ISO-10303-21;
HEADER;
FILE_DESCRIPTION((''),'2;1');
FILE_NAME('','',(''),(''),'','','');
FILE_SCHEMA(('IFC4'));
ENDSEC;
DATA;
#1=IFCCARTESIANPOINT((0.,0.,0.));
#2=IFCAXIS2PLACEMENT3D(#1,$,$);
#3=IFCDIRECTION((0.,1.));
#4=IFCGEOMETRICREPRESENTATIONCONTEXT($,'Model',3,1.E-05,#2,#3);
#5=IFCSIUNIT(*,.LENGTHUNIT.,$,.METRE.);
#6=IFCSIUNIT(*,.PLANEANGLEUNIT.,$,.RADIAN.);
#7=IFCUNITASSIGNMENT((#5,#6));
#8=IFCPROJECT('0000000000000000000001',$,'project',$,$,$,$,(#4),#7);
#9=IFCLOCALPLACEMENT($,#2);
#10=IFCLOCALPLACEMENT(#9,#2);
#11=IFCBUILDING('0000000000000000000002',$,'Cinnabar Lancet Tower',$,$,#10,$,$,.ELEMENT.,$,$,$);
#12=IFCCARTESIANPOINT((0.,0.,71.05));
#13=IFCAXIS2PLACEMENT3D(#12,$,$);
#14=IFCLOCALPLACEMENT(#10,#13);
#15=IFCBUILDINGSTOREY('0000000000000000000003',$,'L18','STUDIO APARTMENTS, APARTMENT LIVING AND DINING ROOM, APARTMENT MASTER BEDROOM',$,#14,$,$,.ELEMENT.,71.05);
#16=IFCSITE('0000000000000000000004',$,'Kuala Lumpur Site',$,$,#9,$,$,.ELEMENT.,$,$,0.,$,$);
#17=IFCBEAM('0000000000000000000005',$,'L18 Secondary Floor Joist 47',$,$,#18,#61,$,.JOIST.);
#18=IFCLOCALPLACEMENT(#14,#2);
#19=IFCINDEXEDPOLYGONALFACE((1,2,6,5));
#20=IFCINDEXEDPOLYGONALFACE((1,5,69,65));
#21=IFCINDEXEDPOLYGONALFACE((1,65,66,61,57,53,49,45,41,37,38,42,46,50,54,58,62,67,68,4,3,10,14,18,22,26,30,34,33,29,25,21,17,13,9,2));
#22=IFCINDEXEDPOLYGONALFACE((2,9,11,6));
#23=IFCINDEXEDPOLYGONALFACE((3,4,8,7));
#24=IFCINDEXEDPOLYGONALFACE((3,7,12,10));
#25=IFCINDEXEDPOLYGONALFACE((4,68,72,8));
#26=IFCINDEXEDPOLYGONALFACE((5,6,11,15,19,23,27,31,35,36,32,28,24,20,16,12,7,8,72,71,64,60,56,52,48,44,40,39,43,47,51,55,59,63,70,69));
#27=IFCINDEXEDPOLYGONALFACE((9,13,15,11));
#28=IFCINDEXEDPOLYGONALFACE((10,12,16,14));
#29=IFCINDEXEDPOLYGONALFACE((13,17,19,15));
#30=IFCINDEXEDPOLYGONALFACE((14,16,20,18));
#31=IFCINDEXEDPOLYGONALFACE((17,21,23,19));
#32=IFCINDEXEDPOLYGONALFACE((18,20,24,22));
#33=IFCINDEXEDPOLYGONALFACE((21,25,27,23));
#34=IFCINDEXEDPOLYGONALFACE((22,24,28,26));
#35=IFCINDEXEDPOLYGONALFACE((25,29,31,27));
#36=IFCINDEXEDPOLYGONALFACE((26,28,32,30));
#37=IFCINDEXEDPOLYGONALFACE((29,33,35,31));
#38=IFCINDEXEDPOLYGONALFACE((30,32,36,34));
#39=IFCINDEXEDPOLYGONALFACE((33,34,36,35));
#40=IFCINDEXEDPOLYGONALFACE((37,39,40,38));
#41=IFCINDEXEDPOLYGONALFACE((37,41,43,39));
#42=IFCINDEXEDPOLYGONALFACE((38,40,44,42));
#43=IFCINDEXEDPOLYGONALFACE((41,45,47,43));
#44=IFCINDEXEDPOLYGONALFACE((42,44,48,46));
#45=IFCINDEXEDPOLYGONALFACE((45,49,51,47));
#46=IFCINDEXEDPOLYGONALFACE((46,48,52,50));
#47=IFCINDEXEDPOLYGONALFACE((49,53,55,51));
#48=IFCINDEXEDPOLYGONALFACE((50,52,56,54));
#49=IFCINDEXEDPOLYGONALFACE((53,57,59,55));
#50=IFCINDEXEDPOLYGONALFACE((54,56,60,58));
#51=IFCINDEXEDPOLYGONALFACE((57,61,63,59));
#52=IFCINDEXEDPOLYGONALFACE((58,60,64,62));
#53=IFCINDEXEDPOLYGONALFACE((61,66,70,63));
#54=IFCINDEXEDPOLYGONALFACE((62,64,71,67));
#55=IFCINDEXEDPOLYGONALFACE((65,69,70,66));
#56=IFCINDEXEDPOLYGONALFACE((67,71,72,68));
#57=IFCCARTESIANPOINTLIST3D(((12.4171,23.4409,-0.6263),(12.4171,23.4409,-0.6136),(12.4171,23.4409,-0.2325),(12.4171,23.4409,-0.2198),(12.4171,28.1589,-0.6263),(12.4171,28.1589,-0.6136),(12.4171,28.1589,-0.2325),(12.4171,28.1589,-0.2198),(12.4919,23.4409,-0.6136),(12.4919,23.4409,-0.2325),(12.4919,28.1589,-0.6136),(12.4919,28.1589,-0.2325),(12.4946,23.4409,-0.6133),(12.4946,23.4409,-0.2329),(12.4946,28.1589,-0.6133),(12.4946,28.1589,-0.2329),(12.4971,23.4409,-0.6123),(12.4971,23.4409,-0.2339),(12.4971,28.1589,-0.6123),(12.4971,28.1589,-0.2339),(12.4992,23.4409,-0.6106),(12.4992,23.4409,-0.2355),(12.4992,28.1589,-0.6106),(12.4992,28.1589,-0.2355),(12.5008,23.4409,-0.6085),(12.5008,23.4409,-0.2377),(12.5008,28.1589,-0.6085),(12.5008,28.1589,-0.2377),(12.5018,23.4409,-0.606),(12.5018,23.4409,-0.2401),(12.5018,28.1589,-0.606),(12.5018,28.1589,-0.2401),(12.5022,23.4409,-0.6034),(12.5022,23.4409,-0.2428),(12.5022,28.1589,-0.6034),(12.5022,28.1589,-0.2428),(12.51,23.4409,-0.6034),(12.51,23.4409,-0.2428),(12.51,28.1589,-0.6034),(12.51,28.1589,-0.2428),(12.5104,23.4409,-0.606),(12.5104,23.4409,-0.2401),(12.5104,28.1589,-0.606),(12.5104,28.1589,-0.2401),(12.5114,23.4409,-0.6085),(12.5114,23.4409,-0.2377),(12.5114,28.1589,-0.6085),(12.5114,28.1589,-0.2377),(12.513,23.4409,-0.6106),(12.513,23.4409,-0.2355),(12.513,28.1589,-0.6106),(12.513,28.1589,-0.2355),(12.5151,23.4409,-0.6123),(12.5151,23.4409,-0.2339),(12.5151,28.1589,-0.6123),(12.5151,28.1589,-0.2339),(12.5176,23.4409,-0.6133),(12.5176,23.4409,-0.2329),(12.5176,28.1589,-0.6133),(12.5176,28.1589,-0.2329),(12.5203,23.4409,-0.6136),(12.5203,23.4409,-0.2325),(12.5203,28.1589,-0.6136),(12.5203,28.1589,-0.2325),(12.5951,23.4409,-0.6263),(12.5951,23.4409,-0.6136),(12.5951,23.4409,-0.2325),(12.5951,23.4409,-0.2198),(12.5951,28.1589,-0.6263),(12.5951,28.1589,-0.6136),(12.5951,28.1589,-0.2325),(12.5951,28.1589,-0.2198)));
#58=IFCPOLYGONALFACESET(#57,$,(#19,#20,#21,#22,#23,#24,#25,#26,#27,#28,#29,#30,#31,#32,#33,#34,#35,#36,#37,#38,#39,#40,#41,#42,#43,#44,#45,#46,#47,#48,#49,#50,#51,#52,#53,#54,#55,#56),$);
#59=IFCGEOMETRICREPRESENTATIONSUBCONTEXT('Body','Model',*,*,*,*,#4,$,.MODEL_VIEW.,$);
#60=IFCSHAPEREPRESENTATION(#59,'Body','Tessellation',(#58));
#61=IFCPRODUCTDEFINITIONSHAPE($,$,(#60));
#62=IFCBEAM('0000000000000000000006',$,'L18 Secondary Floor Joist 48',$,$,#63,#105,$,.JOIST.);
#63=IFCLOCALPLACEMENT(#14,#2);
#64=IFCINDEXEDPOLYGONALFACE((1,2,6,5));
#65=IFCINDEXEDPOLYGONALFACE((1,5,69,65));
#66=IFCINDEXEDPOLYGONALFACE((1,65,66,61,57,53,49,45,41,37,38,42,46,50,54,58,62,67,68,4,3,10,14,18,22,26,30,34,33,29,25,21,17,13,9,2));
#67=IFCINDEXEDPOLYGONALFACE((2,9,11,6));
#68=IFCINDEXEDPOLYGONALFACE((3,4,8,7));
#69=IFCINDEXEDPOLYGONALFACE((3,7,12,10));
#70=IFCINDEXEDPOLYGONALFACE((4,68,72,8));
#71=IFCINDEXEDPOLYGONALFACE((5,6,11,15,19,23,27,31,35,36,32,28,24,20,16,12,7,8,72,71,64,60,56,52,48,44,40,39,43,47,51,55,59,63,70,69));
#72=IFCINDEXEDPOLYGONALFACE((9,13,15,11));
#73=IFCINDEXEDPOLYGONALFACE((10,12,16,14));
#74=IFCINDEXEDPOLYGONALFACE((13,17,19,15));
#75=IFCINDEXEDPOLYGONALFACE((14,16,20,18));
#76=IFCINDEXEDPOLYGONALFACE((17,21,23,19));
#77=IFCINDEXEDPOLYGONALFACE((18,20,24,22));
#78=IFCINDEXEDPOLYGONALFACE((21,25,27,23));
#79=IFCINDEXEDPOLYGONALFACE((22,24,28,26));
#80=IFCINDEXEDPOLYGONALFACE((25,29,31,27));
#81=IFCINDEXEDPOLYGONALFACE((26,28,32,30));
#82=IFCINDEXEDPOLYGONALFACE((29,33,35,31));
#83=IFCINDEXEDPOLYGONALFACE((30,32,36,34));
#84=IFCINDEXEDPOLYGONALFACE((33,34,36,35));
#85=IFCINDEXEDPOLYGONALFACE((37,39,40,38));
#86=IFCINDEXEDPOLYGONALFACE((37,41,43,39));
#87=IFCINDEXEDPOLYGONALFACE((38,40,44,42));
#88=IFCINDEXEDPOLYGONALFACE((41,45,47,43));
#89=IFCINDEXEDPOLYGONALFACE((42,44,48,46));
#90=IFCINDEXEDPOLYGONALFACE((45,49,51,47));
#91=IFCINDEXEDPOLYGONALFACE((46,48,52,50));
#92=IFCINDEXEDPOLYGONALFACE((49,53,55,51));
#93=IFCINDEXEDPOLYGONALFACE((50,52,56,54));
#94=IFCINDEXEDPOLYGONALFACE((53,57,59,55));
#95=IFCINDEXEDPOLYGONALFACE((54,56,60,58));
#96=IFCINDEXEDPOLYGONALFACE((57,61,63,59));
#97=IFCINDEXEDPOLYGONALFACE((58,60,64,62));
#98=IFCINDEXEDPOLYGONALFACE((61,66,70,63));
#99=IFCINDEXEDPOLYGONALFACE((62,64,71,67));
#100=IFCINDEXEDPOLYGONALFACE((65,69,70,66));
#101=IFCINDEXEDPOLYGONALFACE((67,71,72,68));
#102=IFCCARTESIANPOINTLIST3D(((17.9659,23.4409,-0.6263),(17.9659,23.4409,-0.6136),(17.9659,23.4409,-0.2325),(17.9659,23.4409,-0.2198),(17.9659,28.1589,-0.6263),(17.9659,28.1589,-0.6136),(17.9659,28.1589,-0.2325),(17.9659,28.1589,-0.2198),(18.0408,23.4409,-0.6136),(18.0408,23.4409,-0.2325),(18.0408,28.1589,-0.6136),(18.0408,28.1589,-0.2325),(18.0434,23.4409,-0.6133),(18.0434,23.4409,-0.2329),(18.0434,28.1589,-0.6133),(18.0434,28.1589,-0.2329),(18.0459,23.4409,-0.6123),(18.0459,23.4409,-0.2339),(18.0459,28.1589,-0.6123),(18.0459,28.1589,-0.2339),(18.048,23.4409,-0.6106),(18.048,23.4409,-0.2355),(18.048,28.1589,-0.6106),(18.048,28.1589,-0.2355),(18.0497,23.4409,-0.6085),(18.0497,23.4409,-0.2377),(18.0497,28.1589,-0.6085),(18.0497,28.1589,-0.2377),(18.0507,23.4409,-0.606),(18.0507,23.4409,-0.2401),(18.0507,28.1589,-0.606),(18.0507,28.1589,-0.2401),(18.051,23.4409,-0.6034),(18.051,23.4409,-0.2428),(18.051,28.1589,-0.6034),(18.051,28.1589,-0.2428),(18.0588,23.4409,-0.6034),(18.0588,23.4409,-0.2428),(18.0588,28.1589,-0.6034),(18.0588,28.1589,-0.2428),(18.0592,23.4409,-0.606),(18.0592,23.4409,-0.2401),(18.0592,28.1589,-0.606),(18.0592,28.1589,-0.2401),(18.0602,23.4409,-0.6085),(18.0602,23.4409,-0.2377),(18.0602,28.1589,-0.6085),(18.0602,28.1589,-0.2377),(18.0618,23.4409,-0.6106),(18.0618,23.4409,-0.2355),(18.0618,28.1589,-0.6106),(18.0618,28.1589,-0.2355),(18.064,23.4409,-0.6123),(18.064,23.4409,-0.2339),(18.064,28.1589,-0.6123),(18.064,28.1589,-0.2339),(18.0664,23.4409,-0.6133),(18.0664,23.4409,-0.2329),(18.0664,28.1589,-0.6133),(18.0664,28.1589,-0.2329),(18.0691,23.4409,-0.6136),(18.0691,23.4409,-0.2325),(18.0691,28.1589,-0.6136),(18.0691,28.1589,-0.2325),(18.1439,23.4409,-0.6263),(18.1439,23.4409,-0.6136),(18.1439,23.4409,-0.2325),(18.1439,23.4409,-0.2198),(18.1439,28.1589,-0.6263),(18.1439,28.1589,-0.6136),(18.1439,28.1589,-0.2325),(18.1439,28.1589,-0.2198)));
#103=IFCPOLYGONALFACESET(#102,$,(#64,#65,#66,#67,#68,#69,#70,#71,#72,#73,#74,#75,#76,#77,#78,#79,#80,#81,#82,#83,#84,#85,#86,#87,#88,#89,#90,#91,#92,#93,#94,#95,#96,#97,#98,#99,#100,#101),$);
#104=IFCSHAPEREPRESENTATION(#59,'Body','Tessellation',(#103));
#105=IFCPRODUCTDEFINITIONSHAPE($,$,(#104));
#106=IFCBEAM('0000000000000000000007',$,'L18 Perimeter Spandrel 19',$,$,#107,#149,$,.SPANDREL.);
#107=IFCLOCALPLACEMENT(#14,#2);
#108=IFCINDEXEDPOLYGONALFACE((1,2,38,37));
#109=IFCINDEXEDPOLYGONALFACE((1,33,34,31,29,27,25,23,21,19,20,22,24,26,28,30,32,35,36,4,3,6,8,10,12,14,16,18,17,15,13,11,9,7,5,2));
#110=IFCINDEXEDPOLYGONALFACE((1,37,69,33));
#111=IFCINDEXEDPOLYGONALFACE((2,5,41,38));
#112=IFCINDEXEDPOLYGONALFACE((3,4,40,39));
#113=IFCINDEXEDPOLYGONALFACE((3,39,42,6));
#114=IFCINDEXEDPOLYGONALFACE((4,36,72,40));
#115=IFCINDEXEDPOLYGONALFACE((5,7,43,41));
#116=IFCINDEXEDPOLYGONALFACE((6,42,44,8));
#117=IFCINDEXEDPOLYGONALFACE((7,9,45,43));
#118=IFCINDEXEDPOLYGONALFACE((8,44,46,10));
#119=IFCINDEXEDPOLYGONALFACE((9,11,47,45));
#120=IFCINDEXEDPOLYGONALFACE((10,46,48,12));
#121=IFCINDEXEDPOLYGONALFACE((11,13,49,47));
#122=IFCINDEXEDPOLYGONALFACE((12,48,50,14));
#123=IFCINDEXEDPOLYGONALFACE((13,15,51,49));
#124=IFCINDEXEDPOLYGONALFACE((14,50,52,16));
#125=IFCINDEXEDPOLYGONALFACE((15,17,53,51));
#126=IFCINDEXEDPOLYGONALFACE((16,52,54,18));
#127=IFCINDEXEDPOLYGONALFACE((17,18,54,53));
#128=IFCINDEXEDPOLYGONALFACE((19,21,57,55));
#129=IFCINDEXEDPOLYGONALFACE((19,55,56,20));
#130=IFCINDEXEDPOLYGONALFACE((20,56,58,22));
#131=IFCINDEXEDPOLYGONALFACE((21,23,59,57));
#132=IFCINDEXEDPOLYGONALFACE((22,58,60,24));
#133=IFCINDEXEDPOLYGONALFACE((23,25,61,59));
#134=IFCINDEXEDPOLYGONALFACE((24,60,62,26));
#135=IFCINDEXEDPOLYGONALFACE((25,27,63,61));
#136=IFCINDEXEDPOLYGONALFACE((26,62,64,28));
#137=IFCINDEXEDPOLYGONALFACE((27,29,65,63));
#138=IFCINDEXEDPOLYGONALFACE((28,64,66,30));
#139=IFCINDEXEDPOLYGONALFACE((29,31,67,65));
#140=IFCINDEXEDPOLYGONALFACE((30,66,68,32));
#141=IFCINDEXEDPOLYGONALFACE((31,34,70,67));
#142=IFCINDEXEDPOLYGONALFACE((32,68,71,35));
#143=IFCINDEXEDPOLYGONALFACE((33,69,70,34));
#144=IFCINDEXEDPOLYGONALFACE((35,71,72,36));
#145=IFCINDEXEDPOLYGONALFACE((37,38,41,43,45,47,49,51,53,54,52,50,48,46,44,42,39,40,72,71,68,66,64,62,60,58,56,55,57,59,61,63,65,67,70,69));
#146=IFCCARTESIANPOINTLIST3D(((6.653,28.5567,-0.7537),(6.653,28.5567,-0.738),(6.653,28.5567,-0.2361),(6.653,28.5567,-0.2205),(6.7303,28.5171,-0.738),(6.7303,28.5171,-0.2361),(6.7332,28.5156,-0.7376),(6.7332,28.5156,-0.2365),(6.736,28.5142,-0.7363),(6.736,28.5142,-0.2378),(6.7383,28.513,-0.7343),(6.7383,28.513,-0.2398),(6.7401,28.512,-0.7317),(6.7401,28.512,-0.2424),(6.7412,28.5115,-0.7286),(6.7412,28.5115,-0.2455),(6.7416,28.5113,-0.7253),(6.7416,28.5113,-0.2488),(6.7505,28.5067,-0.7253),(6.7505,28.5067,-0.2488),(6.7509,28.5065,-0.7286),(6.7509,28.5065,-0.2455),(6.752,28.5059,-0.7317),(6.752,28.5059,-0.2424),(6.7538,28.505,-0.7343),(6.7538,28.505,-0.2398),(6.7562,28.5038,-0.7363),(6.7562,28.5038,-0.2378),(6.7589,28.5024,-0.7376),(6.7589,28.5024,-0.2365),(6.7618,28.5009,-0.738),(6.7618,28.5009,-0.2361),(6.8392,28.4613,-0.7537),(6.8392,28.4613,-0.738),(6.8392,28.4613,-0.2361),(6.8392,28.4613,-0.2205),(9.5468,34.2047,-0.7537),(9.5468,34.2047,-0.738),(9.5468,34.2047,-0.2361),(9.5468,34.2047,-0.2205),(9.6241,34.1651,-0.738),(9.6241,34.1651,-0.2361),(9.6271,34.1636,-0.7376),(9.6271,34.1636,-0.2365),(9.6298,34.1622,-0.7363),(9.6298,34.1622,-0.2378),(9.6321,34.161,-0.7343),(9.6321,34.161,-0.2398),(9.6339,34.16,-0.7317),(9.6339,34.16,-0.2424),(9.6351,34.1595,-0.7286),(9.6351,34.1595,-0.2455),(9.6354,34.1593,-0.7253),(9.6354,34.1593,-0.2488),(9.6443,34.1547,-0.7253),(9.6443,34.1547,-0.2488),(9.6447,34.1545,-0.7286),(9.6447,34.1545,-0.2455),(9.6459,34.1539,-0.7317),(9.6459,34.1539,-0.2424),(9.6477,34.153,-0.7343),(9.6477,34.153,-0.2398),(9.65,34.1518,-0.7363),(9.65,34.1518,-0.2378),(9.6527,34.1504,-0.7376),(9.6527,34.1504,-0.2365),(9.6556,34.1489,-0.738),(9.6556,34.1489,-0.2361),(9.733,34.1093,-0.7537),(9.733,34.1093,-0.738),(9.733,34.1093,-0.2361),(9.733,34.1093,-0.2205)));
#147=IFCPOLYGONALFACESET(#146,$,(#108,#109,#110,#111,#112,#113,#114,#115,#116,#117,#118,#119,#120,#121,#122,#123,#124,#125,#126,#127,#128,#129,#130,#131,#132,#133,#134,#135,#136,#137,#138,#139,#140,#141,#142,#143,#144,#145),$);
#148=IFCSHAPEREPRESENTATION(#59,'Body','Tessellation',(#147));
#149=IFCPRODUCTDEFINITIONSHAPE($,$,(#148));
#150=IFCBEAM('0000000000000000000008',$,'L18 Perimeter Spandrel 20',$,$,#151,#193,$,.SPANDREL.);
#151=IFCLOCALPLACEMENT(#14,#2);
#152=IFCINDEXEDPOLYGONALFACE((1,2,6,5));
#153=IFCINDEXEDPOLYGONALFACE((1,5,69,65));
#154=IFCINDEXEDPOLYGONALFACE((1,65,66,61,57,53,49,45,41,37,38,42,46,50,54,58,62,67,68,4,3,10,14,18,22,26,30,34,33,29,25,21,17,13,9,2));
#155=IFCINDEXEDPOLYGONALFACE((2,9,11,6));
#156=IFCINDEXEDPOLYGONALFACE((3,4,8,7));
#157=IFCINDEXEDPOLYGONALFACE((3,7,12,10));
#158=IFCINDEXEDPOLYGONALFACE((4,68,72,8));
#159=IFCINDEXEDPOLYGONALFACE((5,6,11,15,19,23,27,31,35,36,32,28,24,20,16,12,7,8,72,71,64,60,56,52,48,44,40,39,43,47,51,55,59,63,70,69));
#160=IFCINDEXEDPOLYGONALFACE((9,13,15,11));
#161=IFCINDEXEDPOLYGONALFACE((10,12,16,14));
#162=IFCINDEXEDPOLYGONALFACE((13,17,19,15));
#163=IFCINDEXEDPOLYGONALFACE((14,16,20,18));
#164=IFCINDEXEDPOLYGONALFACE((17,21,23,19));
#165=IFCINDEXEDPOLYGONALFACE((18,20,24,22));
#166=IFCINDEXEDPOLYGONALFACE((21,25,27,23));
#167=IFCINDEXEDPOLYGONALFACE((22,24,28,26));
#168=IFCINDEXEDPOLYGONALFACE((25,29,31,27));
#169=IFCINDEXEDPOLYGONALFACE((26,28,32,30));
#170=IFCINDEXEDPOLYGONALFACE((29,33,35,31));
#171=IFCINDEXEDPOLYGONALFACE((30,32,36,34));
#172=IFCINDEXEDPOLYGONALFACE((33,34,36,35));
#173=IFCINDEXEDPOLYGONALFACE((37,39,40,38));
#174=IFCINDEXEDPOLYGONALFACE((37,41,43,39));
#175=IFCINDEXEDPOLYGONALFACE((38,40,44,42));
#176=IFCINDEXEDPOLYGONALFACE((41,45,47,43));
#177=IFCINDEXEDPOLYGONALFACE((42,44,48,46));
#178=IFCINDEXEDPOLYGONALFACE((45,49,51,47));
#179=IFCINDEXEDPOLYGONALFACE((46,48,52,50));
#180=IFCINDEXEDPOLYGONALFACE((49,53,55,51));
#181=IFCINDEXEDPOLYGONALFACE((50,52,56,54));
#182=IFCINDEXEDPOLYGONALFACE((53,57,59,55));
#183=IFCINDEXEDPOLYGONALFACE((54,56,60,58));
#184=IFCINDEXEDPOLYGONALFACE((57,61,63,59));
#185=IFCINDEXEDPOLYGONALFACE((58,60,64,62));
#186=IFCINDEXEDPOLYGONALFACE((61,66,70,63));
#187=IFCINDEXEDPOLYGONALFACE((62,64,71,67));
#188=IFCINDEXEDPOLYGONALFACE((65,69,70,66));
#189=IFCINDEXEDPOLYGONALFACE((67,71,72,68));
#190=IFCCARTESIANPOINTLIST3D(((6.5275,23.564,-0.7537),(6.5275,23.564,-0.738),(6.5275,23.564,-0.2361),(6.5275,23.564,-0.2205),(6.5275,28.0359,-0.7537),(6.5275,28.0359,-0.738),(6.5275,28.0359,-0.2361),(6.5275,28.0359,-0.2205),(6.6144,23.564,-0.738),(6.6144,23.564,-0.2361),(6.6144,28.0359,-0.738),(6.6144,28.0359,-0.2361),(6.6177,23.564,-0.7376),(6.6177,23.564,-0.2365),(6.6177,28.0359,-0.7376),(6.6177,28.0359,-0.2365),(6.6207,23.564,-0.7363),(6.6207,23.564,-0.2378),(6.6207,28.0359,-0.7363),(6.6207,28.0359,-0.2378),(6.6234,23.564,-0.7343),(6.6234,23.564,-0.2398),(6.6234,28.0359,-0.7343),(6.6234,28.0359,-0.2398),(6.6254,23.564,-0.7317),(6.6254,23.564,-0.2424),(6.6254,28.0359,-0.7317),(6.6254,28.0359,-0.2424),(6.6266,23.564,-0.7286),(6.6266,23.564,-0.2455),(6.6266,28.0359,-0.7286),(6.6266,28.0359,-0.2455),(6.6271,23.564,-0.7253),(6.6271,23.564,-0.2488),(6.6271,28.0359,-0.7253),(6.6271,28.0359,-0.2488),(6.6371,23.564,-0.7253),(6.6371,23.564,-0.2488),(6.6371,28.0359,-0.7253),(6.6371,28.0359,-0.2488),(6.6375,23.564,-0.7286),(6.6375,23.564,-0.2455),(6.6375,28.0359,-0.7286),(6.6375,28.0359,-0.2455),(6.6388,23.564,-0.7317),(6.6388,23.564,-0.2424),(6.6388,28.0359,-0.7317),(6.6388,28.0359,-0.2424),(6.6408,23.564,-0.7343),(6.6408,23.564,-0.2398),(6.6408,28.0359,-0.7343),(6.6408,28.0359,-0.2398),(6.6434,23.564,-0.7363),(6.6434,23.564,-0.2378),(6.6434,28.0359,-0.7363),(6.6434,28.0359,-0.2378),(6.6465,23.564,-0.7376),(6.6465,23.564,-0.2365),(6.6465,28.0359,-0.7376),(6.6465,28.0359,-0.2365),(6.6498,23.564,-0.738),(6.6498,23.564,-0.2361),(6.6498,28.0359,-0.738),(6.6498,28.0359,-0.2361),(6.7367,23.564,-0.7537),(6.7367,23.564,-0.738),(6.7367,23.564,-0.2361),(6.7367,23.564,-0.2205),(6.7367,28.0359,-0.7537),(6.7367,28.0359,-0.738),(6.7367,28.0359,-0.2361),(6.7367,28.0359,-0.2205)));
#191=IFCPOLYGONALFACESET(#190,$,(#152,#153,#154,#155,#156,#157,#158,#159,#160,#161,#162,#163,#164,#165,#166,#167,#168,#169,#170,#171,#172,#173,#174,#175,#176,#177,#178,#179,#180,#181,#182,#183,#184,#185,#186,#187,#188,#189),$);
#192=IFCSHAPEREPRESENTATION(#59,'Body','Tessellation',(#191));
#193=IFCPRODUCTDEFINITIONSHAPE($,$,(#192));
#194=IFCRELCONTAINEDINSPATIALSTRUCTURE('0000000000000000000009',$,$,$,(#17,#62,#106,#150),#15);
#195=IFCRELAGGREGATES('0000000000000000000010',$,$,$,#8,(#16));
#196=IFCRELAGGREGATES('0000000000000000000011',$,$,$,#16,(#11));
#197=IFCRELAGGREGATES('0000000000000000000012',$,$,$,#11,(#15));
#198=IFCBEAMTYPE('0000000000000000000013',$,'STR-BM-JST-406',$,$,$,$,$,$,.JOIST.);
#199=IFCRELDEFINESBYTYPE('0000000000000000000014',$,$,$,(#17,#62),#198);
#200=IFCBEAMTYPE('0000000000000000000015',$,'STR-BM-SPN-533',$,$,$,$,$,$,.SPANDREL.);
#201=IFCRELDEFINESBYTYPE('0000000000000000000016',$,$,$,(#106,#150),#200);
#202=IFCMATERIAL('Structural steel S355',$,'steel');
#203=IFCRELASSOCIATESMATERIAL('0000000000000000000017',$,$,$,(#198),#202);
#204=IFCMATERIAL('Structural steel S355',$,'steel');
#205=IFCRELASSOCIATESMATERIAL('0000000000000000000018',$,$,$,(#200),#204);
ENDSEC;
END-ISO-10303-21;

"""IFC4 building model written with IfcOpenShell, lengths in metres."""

from ifc_helpers import new_model, si_unit, direction, frame, origin, origin_2d, place, context, subcontext, project, spatial, i_section, extrude, material, material_profile, profile_set, type_object, element, save


model = new_model("IFC4")

# Units and contexts
model_context = context("Model", 3, precision=1e-05, world=origin(), true_north=direction((0.0, 1.0)))
body_context = subcontext(model_context, "Body", "Model", "MODEL_VIEW")
ifc_project = project(units=[si_unit("LENGTHUNIT", "METRE"), si_unit("PLANEANGLEUNIT", "RADIAN")], contexts=[model_context])

# Site, building, storey
site_placement = place(None, origin())
site = spatial("IfcSite", under=ifc_project, at=site_placement, Name="Kuala Lumpur Site", CompositionType="ELEMENT", RefElevation=0.0)
building_placement = place(site_placement, origin())
building = spatial("IfcBuilding", under=site, at=building_placement, Name="Cinnabar Lancet Tower", CompositionType="ELEMENT")
storey_placement = place(building_placement, frame((0.0, 0.0, 71.05)))
storey = spatial("IfcBuildingStorey", under=building, at=storey_placement, Name="L18", Description="STUDIO APARTMENTS, APARTMENT LIVING AND DINING ROOM, APARTMENT MASTER BEDROOM", CompositionType="ELEMENT", Elevation=71.05)

# Beams
ifc_material_1 = material(Name="Structural steel S355", Category="steel")
ifc_material_profile_1 = material_profile(ifc_material_1, i_section(OverallWidth=0.178, OverallDepth=0.4065, WebThickness=0.0078, FlangeThickness=0.0127, FilletRadius=0.0103, at=origin_2d()), Name="UKB 406x178x60")
ifc_profile_set_1 = profile_set([ifc_material_profile_1], Name="Structural steel S355")
beam_type_1 = type_object("IfcBeamType", Name="STR-BM-JST-406", PredefinedType="JOIST", material=ifc_profile_set_1)
for number, where, z_axis, x_axis, name in (
    (1, (12.5061, 28.1589, -0.4231), (0.0, -1.0, 0.0), (1.0, 0.0, 0.0), "L18 Secondary Floor Joist 47"),
    (2, (18.0549, 28.1589, -0.4231), (0.0, -1.0, 0.0), (1.0, 0.0, 0.0), "L18 Secondary Floor Joist 48"),
):
    element("IfcBeam", number, at=place(storey_placement, frame(where, z_axis=z_axis, x_axis=x_axis)), inside=storey, type_object=beam_type_1, Name=name, PredefinedType="JOIST", context=body_context, shape_type="SweptSolid", body=[
        extrude(i_section(OverallWidth=0.178, OverallDepth=0.4065, WebThickness=0.0078, FlangeThickness=0.0127, FilletRadius=0.0103, at=origin_2d()), origin(), (0.0, 0.0, 1.0), 4.718),
    ])
ifc_material_2 = material(Name="Structural steel S355", Category="steel")
ifc_material_profile_2 = material_profile(ifc_material_2, i_section(OverallWidth=0.2092, OverallDepth=0.5332, WebThickness=0.01, FlangeThickness=0.0156, FilletRadius=0.0127, at=origin_2d()), Name="UKB 533x210x92")
ifc_profile_set_2 = profile_set([ifc_material_profile_2], Name="Structural steel S355")
beam_type_2 = type_object("IfcBeamType", Name="STR-BM-SPN-533", PredefinedType="SPANDREL", material=ifc_profile_set_2)
beam_1_placement = place(storey_placement, frame((9.6399, 34.157, -0.4871), z_axis=(-0.455994, -0.889983, 0.0), x_axis=(0.889983, -0.455994, 0.0)))
element("IfcBeam", 3, at=beam_1_placement, inside=storey, type_object=beam_type_2, Name="L18 Perimeter Spandrel 19", PredefinedType="SPANDREL", context=body_context, shape_type="SweptSolid", body=[
    extrude(i_section(OverallWidth=0.2092, OverallDepth=0.5332, WebThickness=0.01, FlangeThickness=0.0156, FilletRadius=0.0127, at=origin_2d()), origin(), (0.0, 0.0, 1.0), 6.3462),
])
beam_2_placement = place(storey_placement, frame((6.6321, 28.0359, -0.4871), z_axis=(0.0, -1.0, 0.0), x_axis=(1.0, 0.0, 0.0)))
element("IfcBeam", 4, at=beam_2_placement, inside=storey, type_object=beam_type_2, Name="L18 Perimeter Spandrel 20", PredefinedType="SPANDREL", context=body_context, shape_type="SweptSolid", body=[
    extrude(i_section(OverallWidth=0.2092, OverallDepth=0.5332, WebThickness=0.01, FlangeThickness=0.0156, FilletRadius=0.0127, at=origin_2d()), origin(), (0.0, 0.0, 1.0), 4.4719),
])

save(model, "model.ifc")
